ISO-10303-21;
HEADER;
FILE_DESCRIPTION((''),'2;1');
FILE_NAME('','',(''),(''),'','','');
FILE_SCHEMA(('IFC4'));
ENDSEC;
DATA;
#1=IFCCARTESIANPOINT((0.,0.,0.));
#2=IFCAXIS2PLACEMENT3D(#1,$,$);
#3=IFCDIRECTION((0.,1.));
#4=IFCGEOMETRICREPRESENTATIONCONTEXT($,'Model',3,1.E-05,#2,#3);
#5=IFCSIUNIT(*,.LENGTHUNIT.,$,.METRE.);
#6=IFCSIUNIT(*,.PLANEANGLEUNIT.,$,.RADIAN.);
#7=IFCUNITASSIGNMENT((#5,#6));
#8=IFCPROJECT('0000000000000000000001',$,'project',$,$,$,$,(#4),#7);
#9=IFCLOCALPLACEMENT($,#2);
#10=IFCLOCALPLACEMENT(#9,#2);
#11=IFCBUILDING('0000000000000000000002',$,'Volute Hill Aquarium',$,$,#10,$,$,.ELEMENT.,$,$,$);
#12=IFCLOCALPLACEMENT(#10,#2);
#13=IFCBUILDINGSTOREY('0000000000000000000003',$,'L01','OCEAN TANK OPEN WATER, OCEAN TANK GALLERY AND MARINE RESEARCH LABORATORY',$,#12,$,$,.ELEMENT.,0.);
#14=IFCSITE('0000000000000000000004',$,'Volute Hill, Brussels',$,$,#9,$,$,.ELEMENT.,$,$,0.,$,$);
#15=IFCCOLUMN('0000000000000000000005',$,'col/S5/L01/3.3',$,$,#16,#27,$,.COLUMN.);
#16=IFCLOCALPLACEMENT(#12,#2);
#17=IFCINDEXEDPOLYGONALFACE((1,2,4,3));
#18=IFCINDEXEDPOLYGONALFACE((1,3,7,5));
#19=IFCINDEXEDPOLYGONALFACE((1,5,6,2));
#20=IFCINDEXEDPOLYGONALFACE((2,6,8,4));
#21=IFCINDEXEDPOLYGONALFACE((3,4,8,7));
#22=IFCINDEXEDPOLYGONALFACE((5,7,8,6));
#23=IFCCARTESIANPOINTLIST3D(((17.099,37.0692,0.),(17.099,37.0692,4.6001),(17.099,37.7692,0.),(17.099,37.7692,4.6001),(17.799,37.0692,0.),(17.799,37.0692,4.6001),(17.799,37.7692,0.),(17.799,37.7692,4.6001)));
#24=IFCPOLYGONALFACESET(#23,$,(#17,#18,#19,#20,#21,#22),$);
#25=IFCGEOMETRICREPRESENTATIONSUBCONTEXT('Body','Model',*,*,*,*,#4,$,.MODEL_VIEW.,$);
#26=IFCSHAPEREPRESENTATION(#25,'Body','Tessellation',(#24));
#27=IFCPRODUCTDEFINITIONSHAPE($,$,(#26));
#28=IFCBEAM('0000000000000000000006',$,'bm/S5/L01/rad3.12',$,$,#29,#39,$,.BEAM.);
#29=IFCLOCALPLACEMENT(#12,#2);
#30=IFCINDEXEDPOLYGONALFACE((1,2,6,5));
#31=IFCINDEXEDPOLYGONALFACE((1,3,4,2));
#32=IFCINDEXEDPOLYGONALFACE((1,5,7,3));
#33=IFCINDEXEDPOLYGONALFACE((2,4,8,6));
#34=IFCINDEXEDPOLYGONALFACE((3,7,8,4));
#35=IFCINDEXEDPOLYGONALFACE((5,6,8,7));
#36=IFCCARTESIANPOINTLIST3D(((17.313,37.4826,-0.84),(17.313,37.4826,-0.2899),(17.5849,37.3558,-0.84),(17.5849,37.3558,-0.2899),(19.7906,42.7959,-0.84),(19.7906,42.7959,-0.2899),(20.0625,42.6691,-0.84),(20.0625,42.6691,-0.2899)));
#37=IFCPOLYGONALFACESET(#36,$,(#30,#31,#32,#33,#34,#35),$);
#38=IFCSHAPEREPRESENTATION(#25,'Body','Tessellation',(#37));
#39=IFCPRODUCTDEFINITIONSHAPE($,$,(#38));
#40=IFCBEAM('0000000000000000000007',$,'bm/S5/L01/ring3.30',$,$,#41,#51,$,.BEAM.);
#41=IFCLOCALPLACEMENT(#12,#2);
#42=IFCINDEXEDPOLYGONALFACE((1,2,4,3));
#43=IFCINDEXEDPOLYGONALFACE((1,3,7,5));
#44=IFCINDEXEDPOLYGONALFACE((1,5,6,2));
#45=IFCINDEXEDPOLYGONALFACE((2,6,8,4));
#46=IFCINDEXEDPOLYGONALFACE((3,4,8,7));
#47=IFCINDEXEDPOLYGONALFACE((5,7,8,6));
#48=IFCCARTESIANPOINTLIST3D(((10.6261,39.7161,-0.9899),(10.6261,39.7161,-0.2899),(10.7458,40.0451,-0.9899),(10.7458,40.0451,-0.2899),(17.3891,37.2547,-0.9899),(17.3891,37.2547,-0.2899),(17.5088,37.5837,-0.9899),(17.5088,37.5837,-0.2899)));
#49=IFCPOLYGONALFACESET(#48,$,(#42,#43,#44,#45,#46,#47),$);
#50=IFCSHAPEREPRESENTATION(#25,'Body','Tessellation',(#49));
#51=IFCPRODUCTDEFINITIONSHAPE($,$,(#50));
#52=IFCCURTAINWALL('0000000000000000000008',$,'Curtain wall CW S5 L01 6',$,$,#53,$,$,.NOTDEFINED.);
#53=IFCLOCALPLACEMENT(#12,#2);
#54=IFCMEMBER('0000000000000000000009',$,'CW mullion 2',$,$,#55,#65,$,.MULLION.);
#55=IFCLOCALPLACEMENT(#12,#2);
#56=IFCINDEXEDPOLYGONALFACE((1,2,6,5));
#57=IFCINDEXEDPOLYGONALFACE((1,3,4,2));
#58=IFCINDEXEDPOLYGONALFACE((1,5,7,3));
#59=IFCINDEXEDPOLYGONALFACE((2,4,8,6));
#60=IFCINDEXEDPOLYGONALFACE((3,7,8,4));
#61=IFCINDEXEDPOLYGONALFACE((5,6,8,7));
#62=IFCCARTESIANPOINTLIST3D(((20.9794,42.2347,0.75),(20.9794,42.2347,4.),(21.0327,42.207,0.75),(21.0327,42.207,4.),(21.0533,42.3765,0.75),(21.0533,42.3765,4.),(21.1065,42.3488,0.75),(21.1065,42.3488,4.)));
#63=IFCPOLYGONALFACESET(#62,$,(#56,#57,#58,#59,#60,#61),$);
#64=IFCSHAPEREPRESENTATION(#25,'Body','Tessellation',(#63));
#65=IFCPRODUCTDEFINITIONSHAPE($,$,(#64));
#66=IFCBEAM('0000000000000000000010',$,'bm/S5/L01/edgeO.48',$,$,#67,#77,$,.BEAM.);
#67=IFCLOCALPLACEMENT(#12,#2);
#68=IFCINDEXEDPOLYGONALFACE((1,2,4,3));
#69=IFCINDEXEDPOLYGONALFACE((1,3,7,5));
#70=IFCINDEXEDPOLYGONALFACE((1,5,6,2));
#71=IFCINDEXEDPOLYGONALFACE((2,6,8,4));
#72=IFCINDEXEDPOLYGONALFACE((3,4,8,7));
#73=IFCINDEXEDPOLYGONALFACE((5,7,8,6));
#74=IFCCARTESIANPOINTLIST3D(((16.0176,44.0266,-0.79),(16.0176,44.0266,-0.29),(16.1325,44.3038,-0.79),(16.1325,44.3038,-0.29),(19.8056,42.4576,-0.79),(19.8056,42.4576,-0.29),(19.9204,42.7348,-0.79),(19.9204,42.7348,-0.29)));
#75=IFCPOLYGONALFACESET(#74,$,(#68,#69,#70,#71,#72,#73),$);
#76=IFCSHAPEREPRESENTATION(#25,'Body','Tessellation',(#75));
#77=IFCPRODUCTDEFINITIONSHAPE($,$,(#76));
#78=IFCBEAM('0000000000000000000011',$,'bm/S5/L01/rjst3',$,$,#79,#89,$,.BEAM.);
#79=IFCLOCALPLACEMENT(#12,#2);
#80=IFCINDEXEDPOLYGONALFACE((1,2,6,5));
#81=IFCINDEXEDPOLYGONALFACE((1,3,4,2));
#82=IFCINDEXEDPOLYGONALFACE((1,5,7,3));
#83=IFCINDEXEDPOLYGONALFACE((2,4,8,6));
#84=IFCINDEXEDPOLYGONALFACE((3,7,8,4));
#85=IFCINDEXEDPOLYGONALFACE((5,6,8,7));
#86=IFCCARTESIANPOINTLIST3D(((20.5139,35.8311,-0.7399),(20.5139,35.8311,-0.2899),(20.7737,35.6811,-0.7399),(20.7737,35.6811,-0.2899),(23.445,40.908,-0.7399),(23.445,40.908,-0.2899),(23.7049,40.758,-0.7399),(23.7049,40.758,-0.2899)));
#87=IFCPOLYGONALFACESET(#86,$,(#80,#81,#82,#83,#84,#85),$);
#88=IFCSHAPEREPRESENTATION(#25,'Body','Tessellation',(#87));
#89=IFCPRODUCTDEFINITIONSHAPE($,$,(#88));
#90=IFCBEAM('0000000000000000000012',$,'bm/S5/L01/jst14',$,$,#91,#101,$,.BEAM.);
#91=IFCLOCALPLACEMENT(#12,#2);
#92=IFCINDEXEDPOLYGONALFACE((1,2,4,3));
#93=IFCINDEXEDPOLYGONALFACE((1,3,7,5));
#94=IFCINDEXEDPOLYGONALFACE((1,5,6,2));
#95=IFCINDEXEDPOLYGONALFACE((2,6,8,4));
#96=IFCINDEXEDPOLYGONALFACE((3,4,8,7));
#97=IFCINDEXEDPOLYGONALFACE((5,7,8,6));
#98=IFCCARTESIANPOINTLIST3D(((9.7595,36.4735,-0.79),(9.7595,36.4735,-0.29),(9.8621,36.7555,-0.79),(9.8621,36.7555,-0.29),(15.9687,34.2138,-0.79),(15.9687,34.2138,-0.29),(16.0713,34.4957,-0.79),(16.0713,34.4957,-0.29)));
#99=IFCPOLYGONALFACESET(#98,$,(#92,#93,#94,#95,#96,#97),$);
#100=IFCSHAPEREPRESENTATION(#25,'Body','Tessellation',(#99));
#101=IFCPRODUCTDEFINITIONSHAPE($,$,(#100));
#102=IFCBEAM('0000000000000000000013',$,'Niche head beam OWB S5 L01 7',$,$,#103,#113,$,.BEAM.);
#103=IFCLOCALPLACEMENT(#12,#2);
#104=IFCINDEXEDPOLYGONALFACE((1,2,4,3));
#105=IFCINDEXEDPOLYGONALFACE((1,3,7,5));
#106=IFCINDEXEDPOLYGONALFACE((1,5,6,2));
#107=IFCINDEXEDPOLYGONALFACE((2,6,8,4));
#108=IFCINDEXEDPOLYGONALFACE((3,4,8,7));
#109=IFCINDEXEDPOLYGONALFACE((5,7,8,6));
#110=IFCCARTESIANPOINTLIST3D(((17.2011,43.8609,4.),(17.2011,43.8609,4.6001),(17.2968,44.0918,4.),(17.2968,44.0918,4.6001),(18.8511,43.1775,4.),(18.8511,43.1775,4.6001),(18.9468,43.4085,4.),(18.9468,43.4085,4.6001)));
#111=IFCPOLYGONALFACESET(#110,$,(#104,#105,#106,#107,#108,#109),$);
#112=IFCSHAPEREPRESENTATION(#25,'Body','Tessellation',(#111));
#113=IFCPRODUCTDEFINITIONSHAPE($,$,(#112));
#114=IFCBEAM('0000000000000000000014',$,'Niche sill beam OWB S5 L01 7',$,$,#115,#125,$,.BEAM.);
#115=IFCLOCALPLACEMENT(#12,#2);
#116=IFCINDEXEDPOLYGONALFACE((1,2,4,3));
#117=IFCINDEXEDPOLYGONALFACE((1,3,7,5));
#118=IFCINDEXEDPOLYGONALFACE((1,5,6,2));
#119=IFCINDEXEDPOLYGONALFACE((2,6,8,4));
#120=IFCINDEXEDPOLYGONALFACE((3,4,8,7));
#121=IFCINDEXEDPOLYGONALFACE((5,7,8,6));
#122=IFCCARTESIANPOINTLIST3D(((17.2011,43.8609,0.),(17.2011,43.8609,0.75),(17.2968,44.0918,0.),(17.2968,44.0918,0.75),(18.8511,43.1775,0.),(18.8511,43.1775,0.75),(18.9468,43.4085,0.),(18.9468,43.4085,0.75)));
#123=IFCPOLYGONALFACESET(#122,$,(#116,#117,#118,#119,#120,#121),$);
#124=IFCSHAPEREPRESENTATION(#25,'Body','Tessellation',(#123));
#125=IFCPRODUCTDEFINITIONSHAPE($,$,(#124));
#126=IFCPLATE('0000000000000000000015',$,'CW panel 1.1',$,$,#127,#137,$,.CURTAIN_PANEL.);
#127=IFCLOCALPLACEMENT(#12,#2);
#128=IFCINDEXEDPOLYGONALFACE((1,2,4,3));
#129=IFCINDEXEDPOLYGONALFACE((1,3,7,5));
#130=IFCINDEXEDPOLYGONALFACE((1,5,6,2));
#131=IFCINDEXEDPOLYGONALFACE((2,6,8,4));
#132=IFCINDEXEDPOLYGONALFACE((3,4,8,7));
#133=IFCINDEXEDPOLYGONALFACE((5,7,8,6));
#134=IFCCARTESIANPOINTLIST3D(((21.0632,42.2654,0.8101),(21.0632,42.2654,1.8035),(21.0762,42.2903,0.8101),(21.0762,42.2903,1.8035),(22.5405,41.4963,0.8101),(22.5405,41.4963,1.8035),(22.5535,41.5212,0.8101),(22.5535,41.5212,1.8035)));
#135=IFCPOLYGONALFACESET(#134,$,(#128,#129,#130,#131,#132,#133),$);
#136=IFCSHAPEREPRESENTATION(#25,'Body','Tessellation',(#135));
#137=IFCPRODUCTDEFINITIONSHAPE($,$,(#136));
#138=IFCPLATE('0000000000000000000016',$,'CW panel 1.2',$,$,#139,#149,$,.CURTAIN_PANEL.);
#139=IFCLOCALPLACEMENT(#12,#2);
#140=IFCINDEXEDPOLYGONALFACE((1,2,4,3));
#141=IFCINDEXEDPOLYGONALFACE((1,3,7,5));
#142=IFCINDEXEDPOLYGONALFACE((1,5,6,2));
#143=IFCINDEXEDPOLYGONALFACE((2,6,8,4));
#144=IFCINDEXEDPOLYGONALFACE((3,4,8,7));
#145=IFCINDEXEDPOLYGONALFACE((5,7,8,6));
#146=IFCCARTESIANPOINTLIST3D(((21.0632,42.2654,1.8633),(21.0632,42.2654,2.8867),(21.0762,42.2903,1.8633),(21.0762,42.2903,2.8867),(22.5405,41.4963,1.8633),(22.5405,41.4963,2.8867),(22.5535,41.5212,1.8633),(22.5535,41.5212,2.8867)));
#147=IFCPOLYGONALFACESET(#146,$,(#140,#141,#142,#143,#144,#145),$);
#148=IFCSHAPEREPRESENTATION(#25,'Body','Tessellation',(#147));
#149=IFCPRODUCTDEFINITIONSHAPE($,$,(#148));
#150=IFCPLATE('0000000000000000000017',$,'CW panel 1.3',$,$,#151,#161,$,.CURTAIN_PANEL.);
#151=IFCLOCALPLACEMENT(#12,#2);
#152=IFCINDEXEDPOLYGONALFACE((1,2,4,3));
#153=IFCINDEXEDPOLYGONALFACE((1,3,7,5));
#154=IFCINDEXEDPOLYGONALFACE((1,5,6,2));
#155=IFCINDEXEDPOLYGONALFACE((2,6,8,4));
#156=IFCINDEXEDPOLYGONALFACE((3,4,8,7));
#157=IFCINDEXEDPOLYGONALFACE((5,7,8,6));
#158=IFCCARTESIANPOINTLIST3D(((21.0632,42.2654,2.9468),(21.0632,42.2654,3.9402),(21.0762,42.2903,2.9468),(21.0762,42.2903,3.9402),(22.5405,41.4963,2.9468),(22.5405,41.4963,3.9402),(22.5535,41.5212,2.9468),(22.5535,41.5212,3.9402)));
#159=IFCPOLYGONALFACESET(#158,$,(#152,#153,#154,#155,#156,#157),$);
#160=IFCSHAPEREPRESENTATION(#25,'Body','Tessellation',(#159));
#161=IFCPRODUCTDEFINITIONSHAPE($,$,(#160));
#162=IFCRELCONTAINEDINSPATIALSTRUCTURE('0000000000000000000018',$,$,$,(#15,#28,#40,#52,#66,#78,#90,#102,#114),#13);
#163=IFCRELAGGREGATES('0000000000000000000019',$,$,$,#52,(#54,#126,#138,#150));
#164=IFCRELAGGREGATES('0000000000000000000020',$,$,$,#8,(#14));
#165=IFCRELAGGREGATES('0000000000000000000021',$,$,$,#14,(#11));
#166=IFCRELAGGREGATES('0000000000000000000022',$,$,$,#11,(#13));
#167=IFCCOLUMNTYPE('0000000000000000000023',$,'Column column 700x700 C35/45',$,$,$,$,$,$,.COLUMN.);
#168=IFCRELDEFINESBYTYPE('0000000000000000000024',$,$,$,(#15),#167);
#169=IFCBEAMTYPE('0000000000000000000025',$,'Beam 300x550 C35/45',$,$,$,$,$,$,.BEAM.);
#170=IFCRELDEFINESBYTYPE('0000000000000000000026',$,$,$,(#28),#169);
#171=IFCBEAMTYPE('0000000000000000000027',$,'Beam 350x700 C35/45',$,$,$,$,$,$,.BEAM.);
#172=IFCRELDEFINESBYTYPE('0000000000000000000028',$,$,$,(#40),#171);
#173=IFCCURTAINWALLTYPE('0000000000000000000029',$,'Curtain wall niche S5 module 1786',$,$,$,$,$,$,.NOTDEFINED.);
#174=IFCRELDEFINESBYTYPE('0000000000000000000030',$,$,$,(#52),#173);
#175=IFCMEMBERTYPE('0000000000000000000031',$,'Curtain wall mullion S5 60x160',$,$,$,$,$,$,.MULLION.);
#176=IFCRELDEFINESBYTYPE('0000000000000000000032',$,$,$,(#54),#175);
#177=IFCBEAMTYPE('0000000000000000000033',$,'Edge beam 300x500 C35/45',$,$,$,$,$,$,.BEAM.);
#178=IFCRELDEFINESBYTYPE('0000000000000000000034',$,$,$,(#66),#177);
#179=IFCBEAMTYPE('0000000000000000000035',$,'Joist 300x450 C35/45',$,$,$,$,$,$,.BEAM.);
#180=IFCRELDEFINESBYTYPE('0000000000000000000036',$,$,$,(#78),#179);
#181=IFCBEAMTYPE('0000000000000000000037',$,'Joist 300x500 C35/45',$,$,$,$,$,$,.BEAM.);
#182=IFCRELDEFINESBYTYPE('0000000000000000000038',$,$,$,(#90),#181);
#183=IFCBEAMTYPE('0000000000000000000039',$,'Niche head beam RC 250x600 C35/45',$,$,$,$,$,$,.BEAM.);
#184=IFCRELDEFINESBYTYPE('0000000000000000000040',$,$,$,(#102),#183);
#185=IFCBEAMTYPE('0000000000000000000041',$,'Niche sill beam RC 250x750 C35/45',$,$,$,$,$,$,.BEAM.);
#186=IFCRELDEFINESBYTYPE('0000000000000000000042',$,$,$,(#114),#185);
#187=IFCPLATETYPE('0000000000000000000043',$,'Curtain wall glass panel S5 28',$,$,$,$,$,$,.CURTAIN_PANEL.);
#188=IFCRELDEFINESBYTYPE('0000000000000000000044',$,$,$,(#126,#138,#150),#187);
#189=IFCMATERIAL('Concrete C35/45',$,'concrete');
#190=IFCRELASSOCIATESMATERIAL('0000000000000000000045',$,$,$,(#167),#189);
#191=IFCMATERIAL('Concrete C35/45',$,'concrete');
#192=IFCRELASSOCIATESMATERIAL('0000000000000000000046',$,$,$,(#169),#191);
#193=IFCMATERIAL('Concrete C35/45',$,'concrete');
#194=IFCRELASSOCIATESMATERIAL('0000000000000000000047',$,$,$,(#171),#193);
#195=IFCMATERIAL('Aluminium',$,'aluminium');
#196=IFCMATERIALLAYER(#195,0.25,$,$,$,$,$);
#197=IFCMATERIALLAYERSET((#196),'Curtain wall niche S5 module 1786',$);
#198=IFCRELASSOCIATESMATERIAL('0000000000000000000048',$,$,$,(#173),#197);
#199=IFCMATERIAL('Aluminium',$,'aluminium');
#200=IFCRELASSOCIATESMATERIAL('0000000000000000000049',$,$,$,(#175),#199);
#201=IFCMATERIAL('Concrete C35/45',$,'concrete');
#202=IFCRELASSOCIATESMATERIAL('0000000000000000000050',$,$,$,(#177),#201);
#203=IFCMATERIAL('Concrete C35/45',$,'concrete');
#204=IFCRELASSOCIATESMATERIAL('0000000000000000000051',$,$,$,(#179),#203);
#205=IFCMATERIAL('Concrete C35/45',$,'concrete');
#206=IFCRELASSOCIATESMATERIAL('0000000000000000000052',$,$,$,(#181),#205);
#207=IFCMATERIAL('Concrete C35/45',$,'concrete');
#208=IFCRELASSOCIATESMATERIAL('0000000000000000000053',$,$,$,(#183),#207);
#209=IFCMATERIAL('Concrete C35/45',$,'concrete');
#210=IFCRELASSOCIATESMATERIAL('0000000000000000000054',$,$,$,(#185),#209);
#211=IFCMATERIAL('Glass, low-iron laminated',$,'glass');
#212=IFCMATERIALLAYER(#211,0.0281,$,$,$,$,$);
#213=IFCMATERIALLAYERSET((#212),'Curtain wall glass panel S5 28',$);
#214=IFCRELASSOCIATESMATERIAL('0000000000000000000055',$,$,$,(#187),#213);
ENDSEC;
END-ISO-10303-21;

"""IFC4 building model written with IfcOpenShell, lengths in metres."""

from ifc_helpers import new_model, si_unit, direction, frame, origin, origin_2d, place, context, subcontext, project, spatial, rectangle, extrude, material, layer, layer_set, material_profile, profile_set, type_object, element, aggregate, save


model = new_model("IFC4")

# Units and contexts
model_context = context("Model", 3, precision=1e-05, world=origin(), true_north=direction((0.0, 1.0)))
body_context = subcontext(model_context, "Body", "Model", "MODEL_VIEW")
ifc_project = project(units=[si_unit("LENGTHUNIT", "METRE"), si_unit("PLANEANGLEUNIT", "RADIAN")], contexts=[model_context])

# Site, building, storey
site_placement = place(None, origin())
site = spatial("IfcSite", under=ifc_project, at=site_placement, Name="Volute Hill, Brussels", CompositionType="ELEMENT", RefElevation=0.0)
building_placement = place(site_placement, origin())
building = spatial("IfcBuilding", under=site, at=building_placement, Name="Volute Hill Aquarium", CompositionType="ELEMENT")
storey_placement = place(building_placement, origin())
storey = spatial("IfcBuildingStorey", under=building, at=storey_placement, Name="L01", Description="OCEAN TANK OPEN WATER, OCEAN TANK GALLERY AND MARINE RESEARCH LABORATORY", CompositionType="ELEMENT", Elevation=0.0)

# Column
ifc_material_1 = material(Name="Concrete C35/45", Category="concrete")
ifc_material_profile_1 = material_profile(ifc_material_1, rectangle(XDim=0.7, YDim=0.7, at=origin_2d()), Name="RC column 700x700")
ifc_profile_set_1 = profile_set([ifc_material_profile_1], Name="Concrete C35/45")
column_type = type_object("IfcColumnType", Name="Column column 700x700 C35/45", PredefinedType="COLUMN", material=ifc_profile_set_1)
column_placement = place(storey_placement, frame((17.449, 37.4192, 0.0), z_axis=(0.0, 0.0, 1.0), x_axis=(1.0, 0.0, 0.0)))
element("IfcColumn", 1, at=column_placement, inside=storey, type_object=column_type, Name="col/S5/L01/3.3", PredefinedType="COLUMN", context=body_context, shape_type="SweptSolid", body=[
    extrude(rectangle(XDim=0.7, YDim=0.7, at=origin_2d()), origin(), (0.0, 0.0, 1.0), 4.6001),
])

# Beams
ifc_material_2 = material(Name="Concrete C35/45", Category="concrete")
ifc_material_profile_2 = material_profile(ifc_material_2, rectangle(XDim=0.3, YDim=0.55, at=origin_2d()), Name="RC beam 300x550")
ifc_profile_set_2 = profile_set([ifc_material_profile_2], Name="Concrete C35/45")
beam_type_1 = type_object("IfcBeamType", Name="Beam 300x550 C35/45", PredefinedType="BEAM", material=ifc_profile_set_2)
beam_1_placement = place(storey_placement, frame((17.449, 37.4192, -0.5649), z_axis=(0.42261, 0.906312, 0.0), x_axis=(-0.906312, 0.42261, 0.0)))
element("IfcBeam", 2, at=beam_1_placement, inside=storey, type_object=beam_type_1, Name="bm/S5/L01/rad3.12", PredefinedType="BEAM", context=body_context, shape_type="SweptSolid", body=[
    extrude(rectangle(XDim=0.3, YDim=0.55, at=origin_2d()), origin(), (0.0, 0.0, 1.0), 5.8625),
])
ifc_material_3 = material(Name="Concrete C35/45", Category="concrete")
ifc_material_profile_3 = material_profile(ifc_material_3, rectangle(XDim=0.3501, YDim=0.7, at=origin_2d()), Name="RC beam 350x700")
ifc_profile_set_3 = profile_set([ifc_material_profile_3], Name="Concrete C35/45")
beam_type_2 = type_object("IfcBeamType", Name="Beam 350x700 C35/45", PredefinedType="BEAM", material=ifc_profile_set_3)
beam_2_placement = place(storey_placement, frame((17.449, 37.4192, -0.6399), z_axis=(-0.939696, 0.34201, 0.0), x_axis=(-0.34201, -0.939696, 0.0)))
element("IfcBeam", 3, at=beam_2_placement, inside=storey, type_object=beam_type_2, Name="bm/S5/L01/ring3.30", PredefinedType="BEAM", context=body_context, shape_type="SweptSolid", body=[
    extrude(rectangle(XDim=0.3501, YDim=0.7, at=origin_2d()), origin(), (0.0, 0.0, 1.0), 7.197),
])

# Curtain wall, member
ifc_material_4 = material(Name="Aluminium", Category="aluminium")
ifc_layer_1 = layer(ifc_material_4, 0.25)
ifc_layer_set_1 = layer_set([ifc_layer_1], Name="Curtain wall niche S5 module 1786")
curtain_wall_type = type_object("IfcCurtainWallType", Name="Curtain wall niche S5 module 1786", PredefinedType="NOTDEFINED", material=ifc_layer_set_1)
curtain_wall_placement = place(storey_placement, origin())
curtain_wall = element("IfcCurtainWall", 4, at=curtain_wall_placement, inside=storey, type_object=curtain_wall_type, Name="Curtain wall CW S5 L01 6", PredefinedType="NOTDEFINED")
ifc_material_5 = material(Name="Aluminium", Category="aluminium")
ifc_material_profile_4 = material_profile(ifc_material_5, rectangle(XDim=0.1599, YDim=0.0601, at=origin_2d()), Name="Curtain wall mullion S5 60x160")
ifc_profile_set_4 = profile_set([ifc_material_profile_4], Name="Aluminium")
member_type = type_object("IfcMemberType", Name="Curtain wall mullion S5 60x160", PredefinedType="MULLION", material=ifc_profile_set_4)
member_placement = place(storey_placement, frame((21.043, 42.2917, 0.75), z_axis=(0.0, 0.0, 1.0), x_axis=(-0.461755, -0.887007, 0.0)))
member = element("IfcMember", 5, at=member_placement, type_object=member_type, Name="CW mullion 2", PredefinedType="MULLION", context=body_context, shape_type="SweptSolid", body=[
    extrude(rectangle(XDim=0.1599, YDim=0.0601, at=origin_2d()), origin(), (0.0, 0.0, 1.0), 3.25),
])

# Beams
ifc_material_6 = material(Name="Concrete C35/45", Category="concrete")
ifc_material_profile_5 = material_profile(ifc_material_6, rectangle(XDim=0.3, YDim=0.5, at=origin_2d()), Name="RC edge beam 300x500")
ifc_profile_set_5 = profile_set([ifc_material_profile_5], Name="Concrete C35/45")
beam_type_3 = type_object("IfcBeamType", Name="Edge beam 300x500 C35/45", PredefinedType="BEAM", material=ifc_profile_set_5)
beam_3_placement = place(storey_placement, frame((19.863, 42.5962, -0.54), z_axis=(-0.923878, 0.382687, 0.0), x_axis=(-0.382687, -0.923878, 0.0)))
element("IfcBeam", 6, at=beam_3_placement, inside=storey, type_object=beam_type_3, Name="bm/S5/L01/edgeO.48", PredefinedType="BEAM", context=body_context, shape_type="SweptSolid", body=[
    extrude(rectangle(XDim=0.3, YDim=0.5, at=origin_2d()), origin(), (0.0, 0.0, 1.0), 4.1001),
])
ifc_material_7 = material(Name="Concrete C35/45", Category="concrete")
ifc_material_profile_6 = material_profile(ifc_material_7, rectangle(XDim=0.3, YDim=0.45, at=origin_2d()), Name="RC joist 300x450")
ifc_profile_set_6 = profile_set([ifc_material_profile_6], Name="Concrete C35/45")
beam_type_4 = type_object("IfcBeamType", Name="Joist 300x450 C35/45", PredefinedType="BEAM", material=ifc_profile_set_6)
beam_4_placement = place(storey_placement, frame((20.6438, 35.7561, -0.5149), z_axis=(0.5, 0.866025, 0.0), x_axis=(-0.866025, 0.5, 0.0)))
element("IfcBeam", 7, at=beam_4_placement, inside=storey, type_object=beam_type_4, Name="bm/S5/L01/rjst3", PredefinedType="BEAM", context=body_context, shape_type="SweptSolid", body=[
    extrude(rectangle(XDim=0.3, YDim=0.45, at=origin_2d()), origin(), (0.0, 0.0, 1.0), 5.8623),
])
ifc_material_8 = material(Name="Concrete C35/45", Category="concrete")
ifc_material_profile_7 = material_profile(ifc_material_8, rectangle(XDim=0.3, YDim=0.5, at=origin_2d()), Name="RC joist 300x500")
ifc_profile_set_7 = profile_set([ifc_material_profile_7], Name="Concrete C35/45")
beam_type_5 = type_object("IfcBeamType", Name="Joist 300x500 C35/45", PredefinedType="BEAM", material=ifc_profile_set_7)
beam_5_placement = place(storey_placement, frame((16.02, 34.3547, -0.54), z_axis=(-0.939703, 0.341992, 0.0), x_axis=(-0.341992, -0.939703, 0.0)))
element("IfcBeam", 8, at=beam_5_placement, inside=storey, type_object=beam_type_5, Name="bm/S5/L01/jst14", PredefinedType="BEAM", context=body_context, shape_type="SweptSolid", body=[
    extrude(rectangle(XDim=0.3, YDim=0.5, at=origin_2d()), origin(), (0.0, 0.0, 1.0), 6.6077),
])
ifc_material_9 = material(Name="Concrete C35/45", Category="concrete")
ifc_material_profile_8 = material_profile(ifc_material_9, rectangle(XDim=0.25, YDim=0.6001, at=origin_2d()), Name="RC beam 250x600")
ifc_profile_set_8 = profile_set([ifc_material_profile_8], Name="Concrete C35/45")
beam_type_6 = type_object("IfcBeamType", Name="Niche head beam RC 250x600 C35/45", PredefinedType="BEAM", material=ifc_profile_set_8)
beam_6_placement = place(storey_placement, frame((18.8989, 43.293, 4.3), z_axis=(-0.923892, 0.382654, 0.0), x_axis=(-0.382654, -0.923892, 0.0)))
element("IfcBeam", 9, at=beam_6_placement, inside=storey, type_object=beam_type_6, Name="Niche head beam OWB S5 L01 7", PredefinedType="BEAM", context=body_context, shape_type="SweptSolid", body=[
    extrude(rectangle(XDim=0.25, YDim=0.6001, at=origin_2d()), origin(), (0.0, 0.0, 1.0), 1.7859),
])
ifc_material_10 = material(Name="Concrete C35/45", Category="concrete")
ifc_material_profile_9 = material_profile(ifc_material_10, rectangle(XDim=0.25, YDim=0.75, at=origin_2d()), Name="RC beam 250x750")
ifc_profile_set_9 = profile_set([ifc_material_profile_9], Name="Concrete C35/45")
beam_type_7 = type_object("IfcBeamType", Name="Niche sill beam RC 250x750 C35/45", PredefinedType="BEAM", material=ifc_profile_set_9)
beam_7_placement = place(storey_placement, frame((18.8989, 43.293, 0.375), z_axis=(-0.923892, 0.382654, 0.0), x_axis=(-0.382654, -0.923892, 0.0)))
element("IfcBeam", 10, at=beam_7_placement, inside=storey, type_object=beam_type_7, Name="Niche sill beam OWB S5 L01 7", PredefinedType="BEAM", context=body_context, shape_type="SweptSolid", body=[
    extrude(rectangle(XDim=0.25, YDim=0.75, at=origin_2d()), origin(), (0.0, 0.0, 1.0), 1.7859),
])

# Plates
ifc_material_11 = material(Name="Glass, low-iron laminated", Category="glass")
ifc_layer_2 = layer(ifc_material_11, 0.0281)
ifc_layer_set_2 = layer_set([ifc_layer_2], Name="Curtain wall glass panel S5 28")
plate_type = type_object("IfcPlateType", Name="Curtain wall glass panel S5 28", PredefinedType="CURTAIN_PANEL", material=ifc_layer_set_2)
plate_1_placement = place(storey_placement, frame((21.8083, 41.8933, 0.8101), z_axis=(0.0, 0.0, 1.0), x_axis=(-0.887007, 0.461755, 0.0)))
plate_1 = element("IfcPlate", 11, at=plate_1_placement, type_object=plate_type, Name="CW panel 1.1", PredefinedType="CURTAIN_PANEL", context=body_context, shape_type="SweptSolid", body=[
    extrude(rectangle(XDim=1.6655, YDim=0.0281, at=origin_2d()), origin(), (0.0, 0.0, 1.0), 0.9934),
])
plate_2_placement = place(storey_placement, frame((21.8083, 41.8933, 1.8633), z_axis=(0.0, 0.0, 1.0), x_axis=(-0.887007, 0.461755, 0.0)))
plate_2 = element("IfcPlate", 12, at=plate_2_placement, type_object=plate_type, Name="CW panel 1.2", PredefinedType="CURTAIN_PANEL", context=body_context, shape_type="SweptSolid", body=[
    extrude(rectangle(XDim=1.6655, YDim=0.0281, at=origin_2d()), origin(), (0.0, 0.0, 1.0), 1.0234),
])
plate_3_placement = place(storey_placement, frame((21.8083, 41.8933, 2.9468), z_axis=(0.0, 0.0, 1.0), x_axis=(-0.887007, 0.461755, 0.0)))
plate_3 = element("IfcPlate", 13, at=plate_3_placement, type_object=plate_type, Name="CW panel 1.3", PredefinedType="CURTAIN_PANEL", context=body_context, shape_type="SweptSolid", body=[
    extrude(rectangle(XDim=1.6655, YDim=0.0281, at=origin_2d()), origin(), (0.0, 0.0, 1.0), 0.9934),
])
aggregate(curtain_wall, [member, plate_1, plate_2, plate_3])

save(model, "model.ifc")
